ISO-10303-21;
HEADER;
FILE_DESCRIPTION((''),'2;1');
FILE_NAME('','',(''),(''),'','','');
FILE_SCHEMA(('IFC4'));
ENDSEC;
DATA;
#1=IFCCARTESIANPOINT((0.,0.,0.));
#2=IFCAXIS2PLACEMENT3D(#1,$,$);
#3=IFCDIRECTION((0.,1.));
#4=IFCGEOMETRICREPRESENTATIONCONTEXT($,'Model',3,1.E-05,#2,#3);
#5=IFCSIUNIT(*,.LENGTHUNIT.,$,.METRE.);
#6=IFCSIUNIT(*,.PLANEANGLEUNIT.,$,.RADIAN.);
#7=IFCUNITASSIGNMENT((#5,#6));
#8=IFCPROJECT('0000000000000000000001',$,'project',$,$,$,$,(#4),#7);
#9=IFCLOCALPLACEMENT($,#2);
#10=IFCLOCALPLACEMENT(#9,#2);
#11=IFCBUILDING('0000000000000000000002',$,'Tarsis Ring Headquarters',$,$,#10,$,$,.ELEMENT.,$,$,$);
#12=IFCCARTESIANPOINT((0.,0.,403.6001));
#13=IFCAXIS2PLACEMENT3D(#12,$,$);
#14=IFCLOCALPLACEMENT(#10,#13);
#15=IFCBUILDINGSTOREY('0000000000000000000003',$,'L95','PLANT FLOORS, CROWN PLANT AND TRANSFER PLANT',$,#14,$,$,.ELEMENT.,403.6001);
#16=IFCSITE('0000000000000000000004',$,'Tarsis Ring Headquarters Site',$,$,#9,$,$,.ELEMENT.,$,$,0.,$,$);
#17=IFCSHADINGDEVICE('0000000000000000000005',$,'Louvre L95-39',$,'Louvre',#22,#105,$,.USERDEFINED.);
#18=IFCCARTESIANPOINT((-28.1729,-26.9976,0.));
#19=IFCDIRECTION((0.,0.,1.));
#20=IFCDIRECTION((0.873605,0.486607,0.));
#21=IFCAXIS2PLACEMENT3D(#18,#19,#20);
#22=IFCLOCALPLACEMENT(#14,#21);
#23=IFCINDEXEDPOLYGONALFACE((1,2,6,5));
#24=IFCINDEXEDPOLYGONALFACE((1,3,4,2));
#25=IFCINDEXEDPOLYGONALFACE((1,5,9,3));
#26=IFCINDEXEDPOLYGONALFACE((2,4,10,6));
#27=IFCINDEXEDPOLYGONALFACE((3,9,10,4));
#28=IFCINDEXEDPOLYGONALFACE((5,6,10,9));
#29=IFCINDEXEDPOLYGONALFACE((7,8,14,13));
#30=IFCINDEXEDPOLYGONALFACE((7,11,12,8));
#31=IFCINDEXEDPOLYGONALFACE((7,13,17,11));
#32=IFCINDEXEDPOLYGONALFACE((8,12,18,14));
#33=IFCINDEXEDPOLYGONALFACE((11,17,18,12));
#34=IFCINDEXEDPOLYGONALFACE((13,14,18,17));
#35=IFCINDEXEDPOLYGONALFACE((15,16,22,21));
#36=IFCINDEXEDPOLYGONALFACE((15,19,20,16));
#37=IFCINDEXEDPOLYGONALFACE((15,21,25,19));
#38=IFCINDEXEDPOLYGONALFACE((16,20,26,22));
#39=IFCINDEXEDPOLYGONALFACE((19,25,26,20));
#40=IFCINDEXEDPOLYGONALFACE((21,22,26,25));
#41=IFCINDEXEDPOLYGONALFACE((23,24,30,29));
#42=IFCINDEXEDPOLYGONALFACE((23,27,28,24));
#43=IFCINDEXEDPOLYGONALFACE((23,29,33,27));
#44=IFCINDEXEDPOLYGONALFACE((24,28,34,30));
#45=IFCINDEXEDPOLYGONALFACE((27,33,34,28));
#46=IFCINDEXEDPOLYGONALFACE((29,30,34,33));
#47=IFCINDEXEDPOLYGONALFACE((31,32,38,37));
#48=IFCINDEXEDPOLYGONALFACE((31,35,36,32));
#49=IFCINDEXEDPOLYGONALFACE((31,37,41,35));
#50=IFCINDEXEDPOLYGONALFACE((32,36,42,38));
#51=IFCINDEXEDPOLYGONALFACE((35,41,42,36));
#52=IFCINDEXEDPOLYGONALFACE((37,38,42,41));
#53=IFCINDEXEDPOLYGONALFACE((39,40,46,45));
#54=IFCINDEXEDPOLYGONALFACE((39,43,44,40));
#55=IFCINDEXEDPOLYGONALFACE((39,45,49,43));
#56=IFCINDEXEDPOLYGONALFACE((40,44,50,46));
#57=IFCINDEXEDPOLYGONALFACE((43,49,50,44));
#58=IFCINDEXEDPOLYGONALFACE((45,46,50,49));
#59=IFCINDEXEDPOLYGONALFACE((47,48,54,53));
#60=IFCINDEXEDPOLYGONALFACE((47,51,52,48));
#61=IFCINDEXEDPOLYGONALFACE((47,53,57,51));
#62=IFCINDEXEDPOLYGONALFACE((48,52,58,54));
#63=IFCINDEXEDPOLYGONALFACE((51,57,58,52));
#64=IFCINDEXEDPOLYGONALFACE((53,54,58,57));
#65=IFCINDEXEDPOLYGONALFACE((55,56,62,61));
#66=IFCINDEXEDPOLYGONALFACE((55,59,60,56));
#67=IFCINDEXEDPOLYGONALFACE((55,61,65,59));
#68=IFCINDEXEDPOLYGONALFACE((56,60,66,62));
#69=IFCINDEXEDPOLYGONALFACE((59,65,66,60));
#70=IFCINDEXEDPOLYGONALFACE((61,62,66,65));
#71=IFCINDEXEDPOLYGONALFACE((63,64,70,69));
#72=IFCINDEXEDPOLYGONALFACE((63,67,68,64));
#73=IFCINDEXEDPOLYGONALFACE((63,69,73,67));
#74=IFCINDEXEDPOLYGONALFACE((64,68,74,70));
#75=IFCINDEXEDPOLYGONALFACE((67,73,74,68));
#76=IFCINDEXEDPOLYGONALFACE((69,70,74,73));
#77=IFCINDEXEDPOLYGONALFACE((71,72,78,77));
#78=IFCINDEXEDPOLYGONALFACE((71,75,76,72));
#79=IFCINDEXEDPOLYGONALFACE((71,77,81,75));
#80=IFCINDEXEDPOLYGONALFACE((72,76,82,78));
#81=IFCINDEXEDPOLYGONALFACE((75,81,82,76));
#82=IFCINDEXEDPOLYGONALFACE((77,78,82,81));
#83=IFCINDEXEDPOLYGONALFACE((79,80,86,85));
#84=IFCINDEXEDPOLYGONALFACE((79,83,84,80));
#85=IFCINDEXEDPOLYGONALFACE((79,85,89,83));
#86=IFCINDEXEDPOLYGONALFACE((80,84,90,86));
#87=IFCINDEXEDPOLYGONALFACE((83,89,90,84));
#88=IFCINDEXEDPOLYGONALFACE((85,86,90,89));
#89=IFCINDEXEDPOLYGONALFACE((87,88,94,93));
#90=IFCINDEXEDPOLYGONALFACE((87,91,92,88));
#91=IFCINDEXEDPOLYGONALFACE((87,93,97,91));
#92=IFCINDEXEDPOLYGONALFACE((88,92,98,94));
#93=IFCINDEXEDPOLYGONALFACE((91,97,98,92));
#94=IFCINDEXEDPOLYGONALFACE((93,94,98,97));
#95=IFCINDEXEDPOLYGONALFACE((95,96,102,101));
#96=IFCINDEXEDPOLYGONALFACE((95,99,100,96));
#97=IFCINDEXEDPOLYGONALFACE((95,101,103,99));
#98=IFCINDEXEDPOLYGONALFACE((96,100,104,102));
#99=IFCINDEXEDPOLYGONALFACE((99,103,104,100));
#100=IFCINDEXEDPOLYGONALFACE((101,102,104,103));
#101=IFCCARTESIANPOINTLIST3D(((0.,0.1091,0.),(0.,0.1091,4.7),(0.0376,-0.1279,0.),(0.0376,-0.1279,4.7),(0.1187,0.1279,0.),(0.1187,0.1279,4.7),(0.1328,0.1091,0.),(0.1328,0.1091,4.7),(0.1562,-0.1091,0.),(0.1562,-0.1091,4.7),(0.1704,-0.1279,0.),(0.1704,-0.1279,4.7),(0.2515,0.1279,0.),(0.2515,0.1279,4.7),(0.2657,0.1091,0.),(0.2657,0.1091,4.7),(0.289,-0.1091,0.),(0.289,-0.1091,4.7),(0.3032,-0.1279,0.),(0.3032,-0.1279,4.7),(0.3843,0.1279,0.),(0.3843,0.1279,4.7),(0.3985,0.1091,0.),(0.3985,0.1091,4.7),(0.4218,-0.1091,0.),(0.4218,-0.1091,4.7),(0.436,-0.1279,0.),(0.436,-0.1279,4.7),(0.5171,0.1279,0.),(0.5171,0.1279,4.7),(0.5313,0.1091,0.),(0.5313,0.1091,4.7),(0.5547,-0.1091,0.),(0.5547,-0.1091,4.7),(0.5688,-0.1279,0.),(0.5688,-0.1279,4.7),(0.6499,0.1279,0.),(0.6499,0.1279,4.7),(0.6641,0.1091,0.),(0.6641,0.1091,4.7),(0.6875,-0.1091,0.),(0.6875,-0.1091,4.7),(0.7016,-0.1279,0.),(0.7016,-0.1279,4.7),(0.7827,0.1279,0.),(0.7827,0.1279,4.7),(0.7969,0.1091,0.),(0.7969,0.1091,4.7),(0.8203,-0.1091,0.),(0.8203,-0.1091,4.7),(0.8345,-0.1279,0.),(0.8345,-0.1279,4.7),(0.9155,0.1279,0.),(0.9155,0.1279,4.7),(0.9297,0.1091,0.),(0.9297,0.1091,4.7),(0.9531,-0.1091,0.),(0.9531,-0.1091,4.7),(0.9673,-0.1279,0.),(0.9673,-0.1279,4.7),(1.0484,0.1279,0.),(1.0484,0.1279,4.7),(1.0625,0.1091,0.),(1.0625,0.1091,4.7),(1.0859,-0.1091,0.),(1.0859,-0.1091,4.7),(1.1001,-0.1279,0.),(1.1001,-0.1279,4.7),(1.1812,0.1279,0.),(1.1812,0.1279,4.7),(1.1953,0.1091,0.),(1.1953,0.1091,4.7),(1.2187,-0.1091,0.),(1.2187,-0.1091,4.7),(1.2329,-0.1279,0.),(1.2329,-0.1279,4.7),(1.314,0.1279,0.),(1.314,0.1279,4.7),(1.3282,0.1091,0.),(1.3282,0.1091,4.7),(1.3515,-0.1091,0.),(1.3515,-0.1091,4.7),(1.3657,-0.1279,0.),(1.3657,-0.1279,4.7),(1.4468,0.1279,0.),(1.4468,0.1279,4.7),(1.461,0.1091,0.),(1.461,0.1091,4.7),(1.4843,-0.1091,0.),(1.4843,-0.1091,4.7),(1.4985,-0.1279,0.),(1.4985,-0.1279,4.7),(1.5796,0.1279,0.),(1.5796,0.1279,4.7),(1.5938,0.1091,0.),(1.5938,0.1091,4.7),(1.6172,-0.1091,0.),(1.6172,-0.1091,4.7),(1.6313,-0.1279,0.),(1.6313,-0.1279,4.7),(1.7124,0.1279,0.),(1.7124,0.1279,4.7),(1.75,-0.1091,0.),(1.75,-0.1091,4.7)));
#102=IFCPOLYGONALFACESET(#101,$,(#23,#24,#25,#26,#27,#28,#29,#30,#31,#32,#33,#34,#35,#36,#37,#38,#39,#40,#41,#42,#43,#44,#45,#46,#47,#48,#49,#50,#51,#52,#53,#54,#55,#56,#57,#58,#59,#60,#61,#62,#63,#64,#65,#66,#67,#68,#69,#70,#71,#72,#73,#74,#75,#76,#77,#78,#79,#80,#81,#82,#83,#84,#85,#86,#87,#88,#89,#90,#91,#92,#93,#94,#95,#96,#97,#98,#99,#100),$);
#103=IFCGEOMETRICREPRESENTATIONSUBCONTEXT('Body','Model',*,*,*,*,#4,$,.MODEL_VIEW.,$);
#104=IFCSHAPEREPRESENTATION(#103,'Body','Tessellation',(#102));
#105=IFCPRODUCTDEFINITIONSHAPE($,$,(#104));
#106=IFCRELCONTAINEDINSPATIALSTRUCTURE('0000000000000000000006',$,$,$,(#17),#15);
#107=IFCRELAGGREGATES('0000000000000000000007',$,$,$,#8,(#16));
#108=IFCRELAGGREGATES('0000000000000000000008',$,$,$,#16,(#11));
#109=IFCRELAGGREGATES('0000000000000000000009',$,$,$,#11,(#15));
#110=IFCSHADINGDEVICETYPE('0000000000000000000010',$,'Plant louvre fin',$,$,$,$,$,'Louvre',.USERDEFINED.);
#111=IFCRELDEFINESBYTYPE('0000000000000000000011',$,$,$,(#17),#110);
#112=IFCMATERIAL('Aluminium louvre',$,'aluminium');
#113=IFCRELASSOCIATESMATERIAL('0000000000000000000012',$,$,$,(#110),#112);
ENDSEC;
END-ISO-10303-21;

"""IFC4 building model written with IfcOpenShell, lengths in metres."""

from ifc_helpers import new_model, si_unit, direction, frame, frame_2d, origin, place, context, subcontext, project, spatial, rectangle, composite_profile, extrude, material, type_object, element, save


model = new_model("IFC4")

# Units and contexts
model_context = context("Model", 3, precision=1e-05, world=origin(), true_north=direction((0.0, 1.0)))
body_context = subcontext(model_context, "Body", "Model", "MODEL_VIEW")
ifc_project = project(units=[si_unit("LENGTHUNIT", "METRE"), si_unit("PLANEANGLEUNIT", "RADIAN")], contexts=[model_context])

# Site, building, storey
site_placement = place(None, origin())
site = spatial("IfcSite", under=ifc_project, at=site_placement, Name="Tarsis Ring Headquarters Site", CompositionType="ELEMENT", RefElevation=0.0)
building_placement = place(site_placement, origin())
building = spatial("IfcBuilding", under=site, at=building_placement, Name="Tarsis Ring Headquarters", CompositionType="ELEMENT")
storey_placement = place(building_placement, frame((0.0, 0.0, 403.6001)))
storey = spatial("IfcBuildingStorey", under=building, at=storey_placement, Name="L95", Description="PLANT FLOORS, CROWN PLANT AND TRANSFER PLANT", CompositionType="ELEMENT", Elevation=403.6001)

# Shading device
ifc_material_1 = material(Name="Aluminium louvre", Category="aluminium")
shading_device_type_1 = type_object("IfcShadingDeviceType", Name="Plant louvre fin", ElementType="Louvre", PredefinedType="USERDEFINED", material=ifc_material_1)
for number, where, z_axis, x_axis, name in (
    (1, (-28.1729, -26.9976, 0.0), (0.0, 0.0, 1.0), (0.873605, 0.486607, 0.0), "Louvre L95-39"),
):
    element("IfcShadingDevice", number, at=place(storey_placement, frame(where, z_axis=z_axis, x_axis=x_axis)), inside=storey, type_object=shading_device_type_1, Name=name, ObjectType="Louvre", PredefinedType="USERDEFINED", context=body_context, shape_type="SweptSolid", body=[
        extrude(composite_profile([rectangle(XDim=0.1201, YDim=0.24, at=frame_2d((0.0781, 0.0), x_axis=(0.987688, 0.156434))), rectangle(XDim=0.1201, YDim=0.24, at=frame_2d((0.2109, 0.0), x_axis=(0.987688, 0.156434))), rectangle(XDim=0.1201, YDim=0.24, at=frame_2d((0.3438, 0.0), x_axis=(0.987688, 0.156434))), rectangle(XDim=0.1201, YDim=0.24, at=frame_2d((0.4766, 0.0), x_axis=(0.987688, 0.156434))), rectangle(XDim=0.1201, YDim=0.24, at=frame_2d((0.6094, 0.0), x_axis=(0.987688, 0.156434))), rectangle(XDim=0.1201, YDim=0.24, at=frame_2d((0.7422, 0.0), x_axis=(0.987688, 0.156434))), rectangle(XDim=0.1201, YDim=0.24, at=frame_2d((0.875, 0.0), x_axis=(0.987688, 0.156434))), rectangle(XDim=0.1201, YDim=0.24, at=frame_2d((1.0078, 0.0), x_axis=(0.987688, 0.156434))), rectangle(XDim=0.1201, YDim=0.24, at=frame_2d((1.1406, 0.0), x_axis=(0.987688, 0.156434))), rectangle(XDim=0.1201, YDim=0.24, at=frame_2d((1.2734, 0.0), x_axis=(0.987688, 0.156434))), rectangle(XDim=0.1201, YDim=0.24, at=frame_2d((1.4062, 0.0), x_axis=(0.987688, 0.156434))), rectangle(XDim=0.1201, YDim=0.24, at=frame_2d((1.5391, 0.0), x_axis=(0.987688, 0.156434))), rectangle(XDim=0.1201, YDim=0.24, at=frame_2d((1.6719, 0.0), x_axis=(0.987688, 0.156434)))]), origin(), (0.0, 0.0, 1.0), 4.7),
    ])

save(model, "model.ifc")
